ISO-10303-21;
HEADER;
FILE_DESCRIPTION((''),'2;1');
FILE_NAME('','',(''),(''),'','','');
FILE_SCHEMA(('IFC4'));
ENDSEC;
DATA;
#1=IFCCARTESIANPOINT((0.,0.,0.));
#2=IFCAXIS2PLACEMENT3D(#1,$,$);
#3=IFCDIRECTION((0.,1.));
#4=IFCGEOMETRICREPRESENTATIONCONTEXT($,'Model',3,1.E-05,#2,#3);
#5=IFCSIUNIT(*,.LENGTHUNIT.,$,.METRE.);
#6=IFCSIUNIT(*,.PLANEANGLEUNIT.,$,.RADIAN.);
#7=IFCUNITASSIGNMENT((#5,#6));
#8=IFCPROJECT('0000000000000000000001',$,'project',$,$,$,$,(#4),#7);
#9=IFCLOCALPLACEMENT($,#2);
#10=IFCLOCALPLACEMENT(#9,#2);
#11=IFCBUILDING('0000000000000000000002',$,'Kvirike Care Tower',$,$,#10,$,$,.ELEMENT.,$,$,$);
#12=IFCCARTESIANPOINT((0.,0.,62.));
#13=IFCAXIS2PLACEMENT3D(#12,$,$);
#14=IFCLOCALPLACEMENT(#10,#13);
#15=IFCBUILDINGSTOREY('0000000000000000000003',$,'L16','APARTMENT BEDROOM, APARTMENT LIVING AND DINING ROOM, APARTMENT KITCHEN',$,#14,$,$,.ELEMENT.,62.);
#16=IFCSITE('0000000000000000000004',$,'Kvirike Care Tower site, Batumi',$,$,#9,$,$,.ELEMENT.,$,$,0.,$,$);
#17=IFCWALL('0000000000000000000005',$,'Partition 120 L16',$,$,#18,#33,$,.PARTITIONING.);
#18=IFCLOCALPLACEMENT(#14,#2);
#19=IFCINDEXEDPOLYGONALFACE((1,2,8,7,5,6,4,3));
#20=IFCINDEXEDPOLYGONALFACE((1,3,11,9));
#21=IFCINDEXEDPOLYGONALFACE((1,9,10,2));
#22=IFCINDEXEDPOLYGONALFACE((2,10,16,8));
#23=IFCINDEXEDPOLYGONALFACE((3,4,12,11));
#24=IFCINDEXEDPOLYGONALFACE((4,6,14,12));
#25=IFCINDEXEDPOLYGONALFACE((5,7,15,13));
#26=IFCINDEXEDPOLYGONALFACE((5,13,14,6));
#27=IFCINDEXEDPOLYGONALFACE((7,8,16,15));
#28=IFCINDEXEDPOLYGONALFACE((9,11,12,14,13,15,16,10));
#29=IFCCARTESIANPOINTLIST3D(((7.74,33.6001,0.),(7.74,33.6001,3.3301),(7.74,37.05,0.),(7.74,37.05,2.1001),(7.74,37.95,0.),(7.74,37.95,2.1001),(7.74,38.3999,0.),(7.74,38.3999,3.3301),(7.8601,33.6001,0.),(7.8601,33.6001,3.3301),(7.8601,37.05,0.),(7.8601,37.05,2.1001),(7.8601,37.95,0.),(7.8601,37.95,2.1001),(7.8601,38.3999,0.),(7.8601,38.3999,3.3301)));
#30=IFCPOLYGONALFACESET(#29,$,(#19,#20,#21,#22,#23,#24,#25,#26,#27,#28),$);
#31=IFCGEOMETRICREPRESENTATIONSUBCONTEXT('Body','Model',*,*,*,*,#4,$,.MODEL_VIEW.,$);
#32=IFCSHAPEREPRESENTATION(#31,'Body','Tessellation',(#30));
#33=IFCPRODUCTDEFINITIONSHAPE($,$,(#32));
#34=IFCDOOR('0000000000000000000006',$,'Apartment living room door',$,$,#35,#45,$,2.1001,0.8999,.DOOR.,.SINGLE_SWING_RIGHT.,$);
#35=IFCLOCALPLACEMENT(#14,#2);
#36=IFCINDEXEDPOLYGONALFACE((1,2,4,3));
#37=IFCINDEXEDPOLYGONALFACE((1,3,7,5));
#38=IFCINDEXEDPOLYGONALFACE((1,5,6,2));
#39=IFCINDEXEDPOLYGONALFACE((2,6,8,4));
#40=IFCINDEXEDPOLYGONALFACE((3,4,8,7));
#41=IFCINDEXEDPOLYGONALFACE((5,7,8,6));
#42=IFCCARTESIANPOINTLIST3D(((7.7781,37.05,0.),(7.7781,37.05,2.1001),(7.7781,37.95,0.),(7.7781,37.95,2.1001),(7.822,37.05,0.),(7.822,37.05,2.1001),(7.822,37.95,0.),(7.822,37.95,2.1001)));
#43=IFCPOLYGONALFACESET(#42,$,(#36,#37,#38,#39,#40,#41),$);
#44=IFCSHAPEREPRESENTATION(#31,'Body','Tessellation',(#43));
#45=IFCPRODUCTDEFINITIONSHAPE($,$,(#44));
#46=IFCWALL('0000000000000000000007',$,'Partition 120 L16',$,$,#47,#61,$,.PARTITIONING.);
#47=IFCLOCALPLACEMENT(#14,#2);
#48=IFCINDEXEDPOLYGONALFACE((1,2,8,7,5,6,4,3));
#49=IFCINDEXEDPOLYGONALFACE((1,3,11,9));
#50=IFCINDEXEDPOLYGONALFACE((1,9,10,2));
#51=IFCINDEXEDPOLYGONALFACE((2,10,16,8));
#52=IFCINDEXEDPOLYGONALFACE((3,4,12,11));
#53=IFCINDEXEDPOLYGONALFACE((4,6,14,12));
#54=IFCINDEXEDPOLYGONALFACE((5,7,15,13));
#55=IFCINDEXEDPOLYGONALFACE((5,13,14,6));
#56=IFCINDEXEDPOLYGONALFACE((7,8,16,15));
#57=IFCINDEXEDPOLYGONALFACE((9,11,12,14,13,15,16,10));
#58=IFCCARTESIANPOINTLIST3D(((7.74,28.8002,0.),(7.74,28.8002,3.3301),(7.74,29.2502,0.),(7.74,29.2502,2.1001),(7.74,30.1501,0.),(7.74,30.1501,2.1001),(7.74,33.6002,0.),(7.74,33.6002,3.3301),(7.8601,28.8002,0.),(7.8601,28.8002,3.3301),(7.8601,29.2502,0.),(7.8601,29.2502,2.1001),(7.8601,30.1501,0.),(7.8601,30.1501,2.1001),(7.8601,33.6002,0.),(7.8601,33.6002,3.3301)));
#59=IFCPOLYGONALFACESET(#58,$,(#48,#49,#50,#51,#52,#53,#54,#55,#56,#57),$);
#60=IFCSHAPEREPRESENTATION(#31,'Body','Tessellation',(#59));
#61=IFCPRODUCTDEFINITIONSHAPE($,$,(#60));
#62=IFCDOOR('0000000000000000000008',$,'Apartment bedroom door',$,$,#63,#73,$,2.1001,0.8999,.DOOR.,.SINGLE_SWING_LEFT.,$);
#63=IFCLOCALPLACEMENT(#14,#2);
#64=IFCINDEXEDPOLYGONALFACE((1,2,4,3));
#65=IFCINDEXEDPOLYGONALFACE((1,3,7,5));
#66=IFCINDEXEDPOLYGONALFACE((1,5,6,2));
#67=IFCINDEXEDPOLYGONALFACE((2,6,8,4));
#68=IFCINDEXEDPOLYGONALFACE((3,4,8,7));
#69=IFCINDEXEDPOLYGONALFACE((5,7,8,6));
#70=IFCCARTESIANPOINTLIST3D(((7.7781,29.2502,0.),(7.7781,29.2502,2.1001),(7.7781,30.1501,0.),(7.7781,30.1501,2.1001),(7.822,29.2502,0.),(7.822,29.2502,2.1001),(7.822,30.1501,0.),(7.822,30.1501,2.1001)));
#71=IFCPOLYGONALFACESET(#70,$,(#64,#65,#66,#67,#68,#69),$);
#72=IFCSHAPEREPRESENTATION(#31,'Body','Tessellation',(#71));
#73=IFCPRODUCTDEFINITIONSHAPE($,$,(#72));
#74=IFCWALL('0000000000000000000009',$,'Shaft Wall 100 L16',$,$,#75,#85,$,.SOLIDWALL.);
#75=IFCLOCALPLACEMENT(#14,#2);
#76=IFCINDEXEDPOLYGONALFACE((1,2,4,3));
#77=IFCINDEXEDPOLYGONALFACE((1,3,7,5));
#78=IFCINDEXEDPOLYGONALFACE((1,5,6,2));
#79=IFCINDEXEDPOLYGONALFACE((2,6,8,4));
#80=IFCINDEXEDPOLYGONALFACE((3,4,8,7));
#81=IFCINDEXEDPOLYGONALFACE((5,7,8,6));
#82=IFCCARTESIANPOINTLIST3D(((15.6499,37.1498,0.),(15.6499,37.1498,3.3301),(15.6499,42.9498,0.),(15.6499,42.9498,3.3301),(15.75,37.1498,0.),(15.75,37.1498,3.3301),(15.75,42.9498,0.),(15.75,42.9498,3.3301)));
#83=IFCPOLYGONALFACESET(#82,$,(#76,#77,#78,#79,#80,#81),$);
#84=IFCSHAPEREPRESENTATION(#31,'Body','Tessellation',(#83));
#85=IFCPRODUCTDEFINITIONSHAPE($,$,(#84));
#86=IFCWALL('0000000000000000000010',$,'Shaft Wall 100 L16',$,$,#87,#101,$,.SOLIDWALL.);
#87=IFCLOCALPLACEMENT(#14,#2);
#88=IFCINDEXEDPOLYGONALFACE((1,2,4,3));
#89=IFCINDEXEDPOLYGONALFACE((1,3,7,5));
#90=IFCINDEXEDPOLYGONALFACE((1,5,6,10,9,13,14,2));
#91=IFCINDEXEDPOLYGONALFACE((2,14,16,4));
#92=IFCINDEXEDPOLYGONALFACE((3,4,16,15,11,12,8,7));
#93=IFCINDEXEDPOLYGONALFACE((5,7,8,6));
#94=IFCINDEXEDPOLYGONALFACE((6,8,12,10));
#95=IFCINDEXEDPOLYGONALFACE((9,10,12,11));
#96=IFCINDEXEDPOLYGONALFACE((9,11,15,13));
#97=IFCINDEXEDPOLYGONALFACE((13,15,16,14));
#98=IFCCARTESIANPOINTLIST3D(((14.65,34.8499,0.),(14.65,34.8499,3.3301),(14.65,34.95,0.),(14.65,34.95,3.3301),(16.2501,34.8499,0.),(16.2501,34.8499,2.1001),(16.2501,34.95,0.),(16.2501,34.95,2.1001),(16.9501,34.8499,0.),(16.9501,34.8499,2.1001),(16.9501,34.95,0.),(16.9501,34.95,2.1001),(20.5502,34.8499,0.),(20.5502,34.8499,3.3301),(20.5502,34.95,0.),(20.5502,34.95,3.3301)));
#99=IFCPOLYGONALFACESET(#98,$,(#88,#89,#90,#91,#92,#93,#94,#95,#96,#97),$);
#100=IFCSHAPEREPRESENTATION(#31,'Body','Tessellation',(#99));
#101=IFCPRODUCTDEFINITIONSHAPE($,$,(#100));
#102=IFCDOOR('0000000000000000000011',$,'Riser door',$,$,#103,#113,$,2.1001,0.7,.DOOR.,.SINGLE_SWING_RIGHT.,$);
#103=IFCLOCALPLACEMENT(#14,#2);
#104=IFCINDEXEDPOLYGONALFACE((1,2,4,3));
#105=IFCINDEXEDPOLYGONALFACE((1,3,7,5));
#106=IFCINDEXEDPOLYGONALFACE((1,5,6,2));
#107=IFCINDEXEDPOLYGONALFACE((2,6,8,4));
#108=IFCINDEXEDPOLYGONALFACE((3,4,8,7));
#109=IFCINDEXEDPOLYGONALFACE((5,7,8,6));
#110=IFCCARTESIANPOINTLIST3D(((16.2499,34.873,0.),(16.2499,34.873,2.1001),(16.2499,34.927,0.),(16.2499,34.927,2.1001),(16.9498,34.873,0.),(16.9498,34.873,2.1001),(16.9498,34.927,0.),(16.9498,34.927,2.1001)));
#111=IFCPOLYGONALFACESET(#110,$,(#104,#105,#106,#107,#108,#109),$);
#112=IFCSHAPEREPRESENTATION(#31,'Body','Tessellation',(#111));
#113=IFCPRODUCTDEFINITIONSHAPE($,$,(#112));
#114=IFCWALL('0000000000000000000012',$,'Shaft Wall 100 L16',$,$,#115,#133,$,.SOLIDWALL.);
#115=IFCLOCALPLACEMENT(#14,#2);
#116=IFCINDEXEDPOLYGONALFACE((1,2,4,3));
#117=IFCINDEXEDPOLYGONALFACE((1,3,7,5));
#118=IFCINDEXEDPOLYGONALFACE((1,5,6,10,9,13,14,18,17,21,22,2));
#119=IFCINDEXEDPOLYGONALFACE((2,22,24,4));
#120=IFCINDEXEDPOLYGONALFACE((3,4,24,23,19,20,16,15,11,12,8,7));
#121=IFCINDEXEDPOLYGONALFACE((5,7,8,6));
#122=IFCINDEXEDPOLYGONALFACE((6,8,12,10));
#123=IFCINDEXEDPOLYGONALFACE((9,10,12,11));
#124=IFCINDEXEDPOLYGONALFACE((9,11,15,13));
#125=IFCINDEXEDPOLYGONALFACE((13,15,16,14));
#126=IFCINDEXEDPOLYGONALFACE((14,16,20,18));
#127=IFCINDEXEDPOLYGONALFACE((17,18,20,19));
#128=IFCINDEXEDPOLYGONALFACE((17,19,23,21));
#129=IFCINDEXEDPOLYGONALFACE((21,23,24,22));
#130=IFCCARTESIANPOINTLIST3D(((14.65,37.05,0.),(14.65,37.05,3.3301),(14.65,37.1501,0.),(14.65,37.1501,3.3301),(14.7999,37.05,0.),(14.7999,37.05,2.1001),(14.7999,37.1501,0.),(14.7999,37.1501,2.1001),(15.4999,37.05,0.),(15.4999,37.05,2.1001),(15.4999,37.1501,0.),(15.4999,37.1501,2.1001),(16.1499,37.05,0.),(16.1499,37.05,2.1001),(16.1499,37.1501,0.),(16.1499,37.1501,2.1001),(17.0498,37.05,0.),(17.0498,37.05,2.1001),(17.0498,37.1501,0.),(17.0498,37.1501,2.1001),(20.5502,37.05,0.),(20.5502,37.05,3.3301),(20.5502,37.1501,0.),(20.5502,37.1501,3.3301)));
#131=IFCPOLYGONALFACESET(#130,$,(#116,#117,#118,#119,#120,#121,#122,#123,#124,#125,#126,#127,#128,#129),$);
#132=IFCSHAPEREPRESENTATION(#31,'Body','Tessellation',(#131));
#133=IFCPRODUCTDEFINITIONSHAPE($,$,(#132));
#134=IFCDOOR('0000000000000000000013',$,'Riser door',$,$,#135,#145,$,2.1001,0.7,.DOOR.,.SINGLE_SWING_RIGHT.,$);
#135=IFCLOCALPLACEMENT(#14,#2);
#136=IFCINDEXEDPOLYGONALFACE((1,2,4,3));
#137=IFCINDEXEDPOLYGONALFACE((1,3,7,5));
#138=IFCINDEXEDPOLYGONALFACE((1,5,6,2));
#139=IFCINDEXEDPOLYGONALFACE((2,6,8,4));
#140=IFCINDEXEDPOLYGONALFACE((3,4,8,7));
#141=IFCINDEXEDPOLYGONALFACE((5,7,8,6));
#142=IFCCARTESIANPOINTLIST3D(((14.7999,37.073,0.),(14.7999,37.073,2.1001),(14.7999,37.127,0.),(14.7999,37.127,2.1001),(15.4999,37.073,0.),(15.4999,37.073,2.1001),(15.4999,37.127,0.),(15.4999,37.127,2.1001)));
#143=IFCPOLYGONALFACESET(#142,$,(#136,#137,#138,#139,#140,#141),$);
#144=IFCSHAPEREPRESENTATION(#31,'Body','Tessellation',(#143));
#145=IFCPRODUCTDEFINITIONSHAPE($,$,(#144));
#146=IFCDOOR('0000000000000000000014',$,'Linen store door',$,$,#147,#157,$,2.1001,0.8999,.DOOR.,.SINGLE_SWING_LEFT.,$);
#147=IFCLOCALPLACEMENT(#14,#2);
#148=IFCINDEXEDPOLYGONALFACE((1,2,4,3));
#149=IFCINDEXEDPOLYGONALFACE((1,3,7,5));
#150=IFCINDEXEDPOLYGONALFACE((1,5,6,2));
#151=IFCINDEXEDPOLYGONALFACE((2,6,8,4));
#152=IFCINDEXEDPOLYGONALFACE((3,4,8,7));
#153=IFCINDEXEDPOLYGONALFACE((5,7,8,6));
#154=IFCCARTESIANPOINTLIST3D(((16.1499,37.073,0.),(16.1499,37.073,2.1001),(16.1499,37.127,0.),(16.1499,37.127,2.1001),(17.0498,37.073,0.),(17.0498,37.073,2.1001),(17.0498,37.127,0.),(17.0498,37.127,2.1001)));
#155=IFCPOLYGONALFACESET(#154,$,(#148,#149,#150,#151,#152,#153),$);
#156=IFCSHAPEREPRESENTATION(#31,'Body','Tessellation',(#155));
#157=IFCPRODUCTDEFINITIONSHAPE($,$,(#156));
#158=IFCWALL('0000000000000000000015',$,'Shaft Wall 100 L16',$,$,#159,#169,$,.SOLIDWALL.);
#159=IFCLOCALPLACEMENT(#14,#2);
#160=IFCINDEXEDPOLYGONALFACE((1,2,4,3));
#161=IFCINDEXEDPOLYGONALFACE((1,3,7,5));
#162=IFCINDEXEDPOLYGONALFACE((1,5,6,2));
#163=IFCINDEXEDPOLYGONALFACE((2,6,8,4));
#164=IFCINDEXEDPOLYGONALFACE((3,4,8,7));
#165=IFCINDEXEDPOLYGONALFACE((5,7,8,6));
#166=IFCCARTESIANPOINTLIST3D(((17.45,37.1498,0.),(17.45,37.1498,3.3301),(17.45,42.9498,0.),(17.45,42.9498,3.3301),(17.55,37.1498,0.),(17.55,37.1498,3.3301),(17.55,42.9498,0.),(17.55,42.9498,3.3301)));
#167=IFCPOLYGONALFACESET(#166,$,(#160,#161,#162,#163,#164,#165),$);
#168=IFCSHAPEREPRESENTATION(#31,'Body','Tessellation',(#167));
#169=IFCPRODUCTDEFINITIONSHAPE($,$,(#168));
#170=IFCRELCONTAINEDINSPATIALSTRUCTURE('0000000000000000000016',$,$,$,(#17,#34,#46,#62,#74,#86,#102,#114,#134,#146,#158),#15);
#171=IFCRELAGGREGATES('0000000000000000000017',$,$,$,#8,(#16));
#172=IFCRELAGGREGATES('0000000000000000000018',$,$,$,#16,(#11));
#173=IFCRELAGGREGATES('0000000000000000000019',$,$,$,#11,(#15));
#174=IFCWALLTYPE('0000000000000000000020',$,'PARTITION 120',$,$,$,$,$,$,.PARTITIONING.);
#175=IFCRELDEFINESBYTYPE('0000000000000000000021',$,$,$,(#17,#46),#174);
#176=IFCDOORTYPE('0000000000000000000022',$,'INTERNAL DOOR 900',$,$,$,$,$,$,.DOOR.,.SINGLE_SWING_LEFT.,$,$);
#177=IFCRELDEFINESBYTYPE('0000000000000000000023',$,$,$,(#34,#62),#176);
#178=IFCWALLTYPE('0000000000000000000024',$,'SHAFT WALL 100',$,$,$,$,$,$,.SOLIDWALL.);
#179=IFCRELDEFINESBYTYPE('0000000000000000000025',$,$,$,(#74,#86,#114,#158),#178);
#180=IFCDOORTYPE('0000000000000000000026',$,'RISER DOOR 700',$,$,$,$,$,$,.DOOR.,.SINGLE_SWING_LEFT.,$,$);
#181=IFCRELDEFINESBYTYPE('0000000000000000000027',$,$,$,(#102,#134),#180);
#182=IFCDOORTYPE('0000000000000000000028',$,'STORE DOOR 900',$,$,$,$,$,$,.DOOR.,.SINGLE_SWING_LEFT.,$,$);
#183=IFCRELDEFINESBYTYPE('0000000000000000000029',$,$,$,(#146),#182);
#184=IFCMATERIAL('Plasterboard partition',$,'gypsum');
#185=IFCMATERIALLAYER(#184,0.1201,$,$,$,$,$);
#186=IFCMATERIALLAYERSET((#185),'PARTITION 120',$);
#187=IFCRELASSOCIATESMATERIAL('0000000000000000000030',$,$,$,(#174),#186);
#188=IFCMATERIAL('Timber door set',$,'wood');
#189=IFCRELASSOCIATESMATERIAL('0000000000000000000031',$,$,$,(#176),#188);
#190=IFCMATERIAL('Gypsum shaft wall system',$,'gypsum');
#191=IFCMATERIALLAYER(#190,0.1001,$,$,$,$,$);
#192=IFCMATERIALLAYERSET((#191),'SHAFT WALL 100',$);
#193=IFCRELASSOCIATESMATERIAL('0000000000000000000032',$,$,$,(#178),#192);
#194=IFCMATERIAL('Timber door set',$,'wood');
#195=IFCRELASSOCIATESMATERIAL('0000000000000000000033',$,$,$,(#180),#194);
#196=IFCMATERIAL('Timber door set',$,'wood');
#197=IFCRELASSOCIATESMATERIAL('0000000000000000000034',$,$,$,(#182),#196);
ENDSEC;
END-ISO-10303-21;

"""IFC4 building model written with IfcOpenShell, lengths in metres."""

from ifc_helpers import new_model, si_unit, direction, frame, frame_2d, origin, place, context, subcontext, project, spatial, rectangle, extrude, material, layer, layer_set, type_object, element, fill, save


model = new_model("IFC4")

# Units and contexts
model_context = context("Model", 3, precision=1e-05, world=origin(), true_north=direction((0.0, 1.0)))
body_context = subcontext(model_context, "Body", "Model", "MODEL_VIEW")
ifc_project = project(units=[si_unit("LENGTHUNIT", "METRE"), si_unit("PLANEANGLEUNIT", "RADIAN")], contexts=[model_context])

# Site, building, storey
site_placement = place(None, origin())
site = spatial("IfcSite", under=ifc_project, at=site_placement, Name="Kvirike Care Tower site, Batumi", CompositionType="ELEMENT", RefElevation=0.0)
building_placement = place(site_placement, origin())
building = spatial("IfcBuilding", under=site, at=building_placement, Name="Kvirike Care Tower", CompositionType="ELEMENT")
storey_placement = place(building_placement, frame((0.0, 0.0, 62.0)))
storey = spatial("IfcBuildingStorey", under=building, at=storey_placement, Name="L16", Description="APARTMENT BEDROOM, APARTMENT LIVING AND DINING ROOM, APARTMENT KITCHEN", CompositionType="ELEMENT", Elevation=62.0)

# Walls, openings, doors
ifc_material_1 = material(Name="Plasterboard partition", Category="gypsum")
ifc_layer_1 = layer(ifc_material_1, 0.1201)
ifc_layer_set_1 = layer_set([ifc_layer_1], Name="PARTITION 120")
wall_type_1 = type_object("IfcWallType", Name="PARTITION 120", PredefinedType="PARTITIONING", material=ifc_layer_set_1)
ifc_material_2 = material(Name="Timber door set", Category="wood")
door_type_1 = type_object("IfcDoorType", Name="INTERNAL DOOR 900", OperationType="SINGLE_SWING_LEFT", PredefinedType="DOOR", material=ifc_material_2)
wall_1_placement = place(storey_placement, frame((7.8, 38.3999, 0.0), z_axis=(0.0, 0.0, 1.0), x_axis=(0.0, -1.0, 0.0)))
wall_1 = element("IfcWall", 1, at=wall_1_placement, inside=storey, type_object=wall_type_1, Name="Partition 120 L16", PredefinedType="PARTITIONING", context=body_context, shape_type="SweptSolid", body=[
    extrude(rectangle(XDim=4.7998, YDim=0.1201, at=frame_2d((2.3999, 0.0))), origin(), (0.0, 0.0, 1.0), 3.3301),
])
opening_1_placement = place(wall_1_placement, frame((0.45, 0.0, 0.0)))
opening_1 = element("IfcOpeningElement", 2, at=opening_1_placement, cuts=wall_1, PredefinedType="OPENING", context=body_context, shape_type="SweptSolid", body=[
    extrude(rectangle(XDim=0.8999, YDim=2.1001, at=frame_2d((0.45, 1.05))), frame((0.0, 0.0706, 0.0), z_axis=(0.0, -1.0, 0.0), x_axis=(1.0, 0.0, 0.0)), (0.0, 0.0, 1.0), 0.1411),
])
door_1_placement = place(opening_1_placement, origin())
door_1 = element("IfcDoor", 3, at=door_1_placement, inside=storey, type_object=door_type_1, Name="Apartment living room door", OperationType="SINGLE_SWING_RIGHT", OverallHeight=2.1001, OverallWidth=0.8999, PredefinedType="DOOR", context=body_context, shape_type="SweptSolid", body=[
    extrude(rectangle(XDim=0.8999, YDim=2.1001, at=frame_2d((0.45, 1.05))), frame((0.0, 0.022, 0.0), z_axis=(0.0, -1.0, 0.0), x_axis=(1.0, 0.0, 0.0)), (0.0, 0.0, 1.0), 0.0439),
])
fill(opening_1, door_1)
wall_2_placement = place(storey_placement, frame((7.8, 33.6001, 0.0), z_axis=(0.0, 0.0, 1.0), x_axis=(0.0, -1.0, 0.0)))
wall_2 = element("IfcWall", 4, at=wall_2_placement, inside=storey, type_object=wall_type_1, Name="Partition 120 L16", PredefinedType="PARTITIONING", context=body_context, shape_type="SweptSolid", body=[
    extrude(rectangle(XDim=4.8, YDim=0.1201, at=frame_2d((2.3999, 0.0))), origin(), (0.0, 0.0, 1.0), 3.3301),
])
opening_2_placement = place(wall_2_placement, frame((3.45, 0.0, 0.0)))
opening_2 = element("IfcOpeningElement", 5, at=opening_2_placement, cuts=wall_2, PredefinedType="OPENING", context=body_context, shape_type="SweptSolid", body=[
    extrude(rectangle(XDim=0.8999, YDim=2.1001, at=frame_2d((0.45, 1.05))), frame((0.0, 0.0706, 0.0), z_axis=(0.0, -1.0, 0.0), x_axis=(1.0, 0.0, 0.0)), (0.0, 0.0, 1.0), 0.1411),
])
door_2_placement = place(opening_2_placement, origin())
door_2 = element("IfcDoor", 6, at=door_2_placement, inside=storey, type_object=door_type_1, Name="Apartment bedroom door", OperationType="SINGLE_SWING_LEFT", OverallHeight=2.1001, OverallWidth=0.8999, PredefinedType="DOOR", context=body_context, shape_type="SweptSolid", body=[
    extrude(rectangle(XDim=0.8999, YDim=2.1001, at=frame_2d((0.45, 1.05))), frame((0.0, 0.022, 0.0), z_axis=(0.0, -1.0, 0.0), x_axis=(1.0, 0.0, 0.0)), (0.0, 0.0, 1.0), 0.0439),
])
fill(opening_2, door_2)

# Wall
ifc_material_3 = material(Name="Gypsum shaft wall system", Category="gypsum")
ifc_layer_2 = layer(ifc_material_3, 0.1001)
ifc_layer_set_2 = layer_set([ifc_layer_2], Name="SHAFT WALL 100")
wall_type_2 = type_object("IfcWallType", Name="SHAFT WALL 100", PredefinedType="SOLIDWALL", material=ifc_layer_set_2)
wall_3_placement = place(storey_placement, frame((15.7, 37.1499, 0.0), z_axis=(0.0, 0.0, 1.0), x_axis=(0.0, 1.0, 0.0)))
element("IfcWall", 7, at=wall_3_placement, inside=storey, type_object=wall_type_2, Name="Shaft Wall 100 L16", PredefinedType="SOLIDWALL", context=body_context, shape_type="SweptSolid", body=[
    extrude(rectangle(XDim=5.8, YDim=0.1001, at=frame_2d((2.8999, 0.0))), origin(), (0.0, 0.0, 1.0), 3.3301),
])

# Wall, opening, door
wall_4_placement = place(storey_placement, frame((14.6499, 34.8999, 0.0), z_axis=(0.0, 0.0, 1.0), x_axis=(1.0, 0.0, 0.0)))
wall_4 = element("IfcWall", 8, at=wall_4_placement, inside=storey, type_object=wall_type_2, Name="Shaft Wall 100 L16", PredefinedType="SOLIDWALL", context=body_context, shape_type="SweptSolid", body=[
    extrude(rectangle(XDim=5.9001, YDim=0.1001, at=frame_2d((2.9502, 0.0))), origin(), (0.0, 0.0, 1.0), 3.3301),
])
opening_3_placement = place(wall_4_placement, frame((1.6001, 0.0, 0.0)))
opening_3 = element("IfcOpeningElement", 9, at=opening_3_placement, cuts=wall_4, PredefinedType="OPENING", context=body_context, shape_type="SweptSolid", body=[
    extrude(rectangle(XDim=0.7, YDim=2.1001, at=frame_2d((0.3501, 1.05))), frame((0.0, 0.0605, 0.0), z_axis=(0.0, -1.0, 0.0), x_axis=(1.0, 0.0, 0.0)), (0.0, 0.0, 1.0), 0.1211),
])
ifc_material_4 = material(Name="Timber door set", Category="wood")
door_type_2 = type_object("IfcDoorType", Name="RISER DOOR 700", OperationType="SINGLE_SWING_LEFT", PredefinedType="DOOR", material=ifc_material_4)
door_3_placement = place(opening_3_placement, frame((0.7, 0.0, 0.0), z_axis=(0.0, 0.0, 1.0), x_axis=(-1.0, 0.0, 0.0)))
door_3 = element("IfcDoor", 10, at=door_3_placement, inside=storey, type_object=door_type_2, Name="Riser door", OperationType="SINGLE_SWING_RIGHT", OverallHeight=2.1001, OverallWidth=0.7, PredefinedType="DOOR", context=body_context, shape_type="SweptSolid", body=[
    extrude(rectangle(XDim=0.7, YDim=2.1001, at=frame_2d((0.3501, 1.05))), frame((0.0, 0.0269, 0.0), z_axis=(0.0, -1.0, 0.0), x_axis=(1.0, 0.0, 0.0)), (0.0, 0.0, 1.0), 0.054),
])
fill(opening_3, door_3)

# Wall, openings, doors
wall_5_placement = place(storey_placement, frame((14.6499, 37.1001, 0.0), z_axis=(0.0, 0.0, 1.0), x_axis=(1.0, 0.0, 0.0)))
wall_5 = element("IfcWall", 11, at=wall_5_placement, inside=storey, type_object=wall_type_2, Name="Shaft Wall 100 L16", PredefinedType="SOLIDWALL", context=body_context, shape_type="SweptSolid", body=[
    extrude(rectangle(XDim=5.9001, YDim=0.1001, at=frame_2d((2.9502, 0.0))), origin(), (0.0, 0.0, 1.0), 3.3301),
])
opening_4_placement = place(wall_5_placement, frame((0.1499, 0.0, 0.0)))
opening_4 = element("IfcOpeningElement", 12, at=opening_4_placement, cuts=wall_5, PredefinedType="OPENING", context=body_context, shape_type="SweptSolid", body=[
    extrude(rectangle(XDim=0.7, YDim=2.1001, at=frame_2d((0.3501, 1.05))), frame((0.0, 0.0605, 0.0), z_axis=(0.0, -1.0, 0.0), x_axis=(1.0, 0.0, 0.0)), (0.0, 0.0, 1.0), 0.1211),
])
opening_5_placement = place(wall_5_placement, frame((1.5, 0.0, 0.0)))
opening_5 = element("IfcOpeningElement", 13, at=opening_5_placement, cuts=wall_5, PredefinedType="OPENING", context=body_context, shape_type="SweptSolid", body=[
    extrude(rectangle(XDim=0.8999, YDim=2.1001, at=frame_2d((0.45, 1.05))), frame((0.0, 0.0605, 0.0), z_axis=(0.0, -1.0, 0.0), x_axis=(1.0, 0.0, 0.0)), (0.0, 0.0, 1.0), 0.1211),
])
door_4_placement = place(opening_4_placement, origin())
door_4 = element("IfcDoor", 14, at=door_4_placement, inside=storey, type_object=door_type_2, Name="Riser door", OperationType="SINGLE_SWING_RIGHT", OverallHeight=2.1001, OverallWidth=0.7, PredefinedType="DOOR", context=body_context, shape_type="SweptSolid", body=[
    extrude(rectangle(XDim=0.7, YDim=2.1001, at=frame_2d((0.3501, 1.05))), frame((0.0, 0.0269, 0.0), z_axis=(0.0, -1.0, 0.0), x_axis=(1.0, 0.0, 0.0)), (0.0, 0.0, 1.0), 0.054),
])
fill(opening_4, door_4)
ifc_material_5 = material(Name="Timber door set", Category="wood")
door_type_3 = type_object("IfcDoorType", Name="STORE DOOR 900", OperationType="SINGLE_SWING_LEFT", PredefinedType="DOOR", material=ifc_material_5)
door_5_placement = place(opening_5_placement, origin())
door_5 = element("IfcDoor", 15, at=door_5_placement, inside=storey, type_object=door_type_3, Name="Linen store door", OperationType="SINGLE_SWING_LEFT", OverallHeight=2.1001, OverallWidth=0.8999, PredefinedType="DOOR", context=body_context, shape_type="SweptSolid", body=[
    extrude(rectangle(XDim=0.8999, YDim=2.1001, at=frame_2d((0.45, 1.05))), frame((0.0, 0.0269, 0.0), z_axis=(0.0, -1.0, 0.0), x_axis=(1.0, 0.0, 0.0)), (0.0, 0.0, 1.0), 0.054),
])
fill(opening_5, door_5)

# Wall
wall_6_placement = place(storey_placement, frame((17.5, 37.1499, 0.0), z_axis=(0.0, 0.0, 1.0), x_axis=(0.0, 1.0, 0.0)))
element("IfcWall", 16, at=wall_6_placement, inside=storey, type_object=wall_type_2, Name="Shaft Wall 100 L16", PredefinedType="SOLIDWALL", context=body_context, shape_type="SweptSolid", body=[
    extrude(rectangle(XDim=5.8, YDim=0.1001, at=frame_2d((2.8999, 0.0))), origin(), (0.0, 0.0, 1.0), 3.3301),
])

save(model, "model.ifc")
